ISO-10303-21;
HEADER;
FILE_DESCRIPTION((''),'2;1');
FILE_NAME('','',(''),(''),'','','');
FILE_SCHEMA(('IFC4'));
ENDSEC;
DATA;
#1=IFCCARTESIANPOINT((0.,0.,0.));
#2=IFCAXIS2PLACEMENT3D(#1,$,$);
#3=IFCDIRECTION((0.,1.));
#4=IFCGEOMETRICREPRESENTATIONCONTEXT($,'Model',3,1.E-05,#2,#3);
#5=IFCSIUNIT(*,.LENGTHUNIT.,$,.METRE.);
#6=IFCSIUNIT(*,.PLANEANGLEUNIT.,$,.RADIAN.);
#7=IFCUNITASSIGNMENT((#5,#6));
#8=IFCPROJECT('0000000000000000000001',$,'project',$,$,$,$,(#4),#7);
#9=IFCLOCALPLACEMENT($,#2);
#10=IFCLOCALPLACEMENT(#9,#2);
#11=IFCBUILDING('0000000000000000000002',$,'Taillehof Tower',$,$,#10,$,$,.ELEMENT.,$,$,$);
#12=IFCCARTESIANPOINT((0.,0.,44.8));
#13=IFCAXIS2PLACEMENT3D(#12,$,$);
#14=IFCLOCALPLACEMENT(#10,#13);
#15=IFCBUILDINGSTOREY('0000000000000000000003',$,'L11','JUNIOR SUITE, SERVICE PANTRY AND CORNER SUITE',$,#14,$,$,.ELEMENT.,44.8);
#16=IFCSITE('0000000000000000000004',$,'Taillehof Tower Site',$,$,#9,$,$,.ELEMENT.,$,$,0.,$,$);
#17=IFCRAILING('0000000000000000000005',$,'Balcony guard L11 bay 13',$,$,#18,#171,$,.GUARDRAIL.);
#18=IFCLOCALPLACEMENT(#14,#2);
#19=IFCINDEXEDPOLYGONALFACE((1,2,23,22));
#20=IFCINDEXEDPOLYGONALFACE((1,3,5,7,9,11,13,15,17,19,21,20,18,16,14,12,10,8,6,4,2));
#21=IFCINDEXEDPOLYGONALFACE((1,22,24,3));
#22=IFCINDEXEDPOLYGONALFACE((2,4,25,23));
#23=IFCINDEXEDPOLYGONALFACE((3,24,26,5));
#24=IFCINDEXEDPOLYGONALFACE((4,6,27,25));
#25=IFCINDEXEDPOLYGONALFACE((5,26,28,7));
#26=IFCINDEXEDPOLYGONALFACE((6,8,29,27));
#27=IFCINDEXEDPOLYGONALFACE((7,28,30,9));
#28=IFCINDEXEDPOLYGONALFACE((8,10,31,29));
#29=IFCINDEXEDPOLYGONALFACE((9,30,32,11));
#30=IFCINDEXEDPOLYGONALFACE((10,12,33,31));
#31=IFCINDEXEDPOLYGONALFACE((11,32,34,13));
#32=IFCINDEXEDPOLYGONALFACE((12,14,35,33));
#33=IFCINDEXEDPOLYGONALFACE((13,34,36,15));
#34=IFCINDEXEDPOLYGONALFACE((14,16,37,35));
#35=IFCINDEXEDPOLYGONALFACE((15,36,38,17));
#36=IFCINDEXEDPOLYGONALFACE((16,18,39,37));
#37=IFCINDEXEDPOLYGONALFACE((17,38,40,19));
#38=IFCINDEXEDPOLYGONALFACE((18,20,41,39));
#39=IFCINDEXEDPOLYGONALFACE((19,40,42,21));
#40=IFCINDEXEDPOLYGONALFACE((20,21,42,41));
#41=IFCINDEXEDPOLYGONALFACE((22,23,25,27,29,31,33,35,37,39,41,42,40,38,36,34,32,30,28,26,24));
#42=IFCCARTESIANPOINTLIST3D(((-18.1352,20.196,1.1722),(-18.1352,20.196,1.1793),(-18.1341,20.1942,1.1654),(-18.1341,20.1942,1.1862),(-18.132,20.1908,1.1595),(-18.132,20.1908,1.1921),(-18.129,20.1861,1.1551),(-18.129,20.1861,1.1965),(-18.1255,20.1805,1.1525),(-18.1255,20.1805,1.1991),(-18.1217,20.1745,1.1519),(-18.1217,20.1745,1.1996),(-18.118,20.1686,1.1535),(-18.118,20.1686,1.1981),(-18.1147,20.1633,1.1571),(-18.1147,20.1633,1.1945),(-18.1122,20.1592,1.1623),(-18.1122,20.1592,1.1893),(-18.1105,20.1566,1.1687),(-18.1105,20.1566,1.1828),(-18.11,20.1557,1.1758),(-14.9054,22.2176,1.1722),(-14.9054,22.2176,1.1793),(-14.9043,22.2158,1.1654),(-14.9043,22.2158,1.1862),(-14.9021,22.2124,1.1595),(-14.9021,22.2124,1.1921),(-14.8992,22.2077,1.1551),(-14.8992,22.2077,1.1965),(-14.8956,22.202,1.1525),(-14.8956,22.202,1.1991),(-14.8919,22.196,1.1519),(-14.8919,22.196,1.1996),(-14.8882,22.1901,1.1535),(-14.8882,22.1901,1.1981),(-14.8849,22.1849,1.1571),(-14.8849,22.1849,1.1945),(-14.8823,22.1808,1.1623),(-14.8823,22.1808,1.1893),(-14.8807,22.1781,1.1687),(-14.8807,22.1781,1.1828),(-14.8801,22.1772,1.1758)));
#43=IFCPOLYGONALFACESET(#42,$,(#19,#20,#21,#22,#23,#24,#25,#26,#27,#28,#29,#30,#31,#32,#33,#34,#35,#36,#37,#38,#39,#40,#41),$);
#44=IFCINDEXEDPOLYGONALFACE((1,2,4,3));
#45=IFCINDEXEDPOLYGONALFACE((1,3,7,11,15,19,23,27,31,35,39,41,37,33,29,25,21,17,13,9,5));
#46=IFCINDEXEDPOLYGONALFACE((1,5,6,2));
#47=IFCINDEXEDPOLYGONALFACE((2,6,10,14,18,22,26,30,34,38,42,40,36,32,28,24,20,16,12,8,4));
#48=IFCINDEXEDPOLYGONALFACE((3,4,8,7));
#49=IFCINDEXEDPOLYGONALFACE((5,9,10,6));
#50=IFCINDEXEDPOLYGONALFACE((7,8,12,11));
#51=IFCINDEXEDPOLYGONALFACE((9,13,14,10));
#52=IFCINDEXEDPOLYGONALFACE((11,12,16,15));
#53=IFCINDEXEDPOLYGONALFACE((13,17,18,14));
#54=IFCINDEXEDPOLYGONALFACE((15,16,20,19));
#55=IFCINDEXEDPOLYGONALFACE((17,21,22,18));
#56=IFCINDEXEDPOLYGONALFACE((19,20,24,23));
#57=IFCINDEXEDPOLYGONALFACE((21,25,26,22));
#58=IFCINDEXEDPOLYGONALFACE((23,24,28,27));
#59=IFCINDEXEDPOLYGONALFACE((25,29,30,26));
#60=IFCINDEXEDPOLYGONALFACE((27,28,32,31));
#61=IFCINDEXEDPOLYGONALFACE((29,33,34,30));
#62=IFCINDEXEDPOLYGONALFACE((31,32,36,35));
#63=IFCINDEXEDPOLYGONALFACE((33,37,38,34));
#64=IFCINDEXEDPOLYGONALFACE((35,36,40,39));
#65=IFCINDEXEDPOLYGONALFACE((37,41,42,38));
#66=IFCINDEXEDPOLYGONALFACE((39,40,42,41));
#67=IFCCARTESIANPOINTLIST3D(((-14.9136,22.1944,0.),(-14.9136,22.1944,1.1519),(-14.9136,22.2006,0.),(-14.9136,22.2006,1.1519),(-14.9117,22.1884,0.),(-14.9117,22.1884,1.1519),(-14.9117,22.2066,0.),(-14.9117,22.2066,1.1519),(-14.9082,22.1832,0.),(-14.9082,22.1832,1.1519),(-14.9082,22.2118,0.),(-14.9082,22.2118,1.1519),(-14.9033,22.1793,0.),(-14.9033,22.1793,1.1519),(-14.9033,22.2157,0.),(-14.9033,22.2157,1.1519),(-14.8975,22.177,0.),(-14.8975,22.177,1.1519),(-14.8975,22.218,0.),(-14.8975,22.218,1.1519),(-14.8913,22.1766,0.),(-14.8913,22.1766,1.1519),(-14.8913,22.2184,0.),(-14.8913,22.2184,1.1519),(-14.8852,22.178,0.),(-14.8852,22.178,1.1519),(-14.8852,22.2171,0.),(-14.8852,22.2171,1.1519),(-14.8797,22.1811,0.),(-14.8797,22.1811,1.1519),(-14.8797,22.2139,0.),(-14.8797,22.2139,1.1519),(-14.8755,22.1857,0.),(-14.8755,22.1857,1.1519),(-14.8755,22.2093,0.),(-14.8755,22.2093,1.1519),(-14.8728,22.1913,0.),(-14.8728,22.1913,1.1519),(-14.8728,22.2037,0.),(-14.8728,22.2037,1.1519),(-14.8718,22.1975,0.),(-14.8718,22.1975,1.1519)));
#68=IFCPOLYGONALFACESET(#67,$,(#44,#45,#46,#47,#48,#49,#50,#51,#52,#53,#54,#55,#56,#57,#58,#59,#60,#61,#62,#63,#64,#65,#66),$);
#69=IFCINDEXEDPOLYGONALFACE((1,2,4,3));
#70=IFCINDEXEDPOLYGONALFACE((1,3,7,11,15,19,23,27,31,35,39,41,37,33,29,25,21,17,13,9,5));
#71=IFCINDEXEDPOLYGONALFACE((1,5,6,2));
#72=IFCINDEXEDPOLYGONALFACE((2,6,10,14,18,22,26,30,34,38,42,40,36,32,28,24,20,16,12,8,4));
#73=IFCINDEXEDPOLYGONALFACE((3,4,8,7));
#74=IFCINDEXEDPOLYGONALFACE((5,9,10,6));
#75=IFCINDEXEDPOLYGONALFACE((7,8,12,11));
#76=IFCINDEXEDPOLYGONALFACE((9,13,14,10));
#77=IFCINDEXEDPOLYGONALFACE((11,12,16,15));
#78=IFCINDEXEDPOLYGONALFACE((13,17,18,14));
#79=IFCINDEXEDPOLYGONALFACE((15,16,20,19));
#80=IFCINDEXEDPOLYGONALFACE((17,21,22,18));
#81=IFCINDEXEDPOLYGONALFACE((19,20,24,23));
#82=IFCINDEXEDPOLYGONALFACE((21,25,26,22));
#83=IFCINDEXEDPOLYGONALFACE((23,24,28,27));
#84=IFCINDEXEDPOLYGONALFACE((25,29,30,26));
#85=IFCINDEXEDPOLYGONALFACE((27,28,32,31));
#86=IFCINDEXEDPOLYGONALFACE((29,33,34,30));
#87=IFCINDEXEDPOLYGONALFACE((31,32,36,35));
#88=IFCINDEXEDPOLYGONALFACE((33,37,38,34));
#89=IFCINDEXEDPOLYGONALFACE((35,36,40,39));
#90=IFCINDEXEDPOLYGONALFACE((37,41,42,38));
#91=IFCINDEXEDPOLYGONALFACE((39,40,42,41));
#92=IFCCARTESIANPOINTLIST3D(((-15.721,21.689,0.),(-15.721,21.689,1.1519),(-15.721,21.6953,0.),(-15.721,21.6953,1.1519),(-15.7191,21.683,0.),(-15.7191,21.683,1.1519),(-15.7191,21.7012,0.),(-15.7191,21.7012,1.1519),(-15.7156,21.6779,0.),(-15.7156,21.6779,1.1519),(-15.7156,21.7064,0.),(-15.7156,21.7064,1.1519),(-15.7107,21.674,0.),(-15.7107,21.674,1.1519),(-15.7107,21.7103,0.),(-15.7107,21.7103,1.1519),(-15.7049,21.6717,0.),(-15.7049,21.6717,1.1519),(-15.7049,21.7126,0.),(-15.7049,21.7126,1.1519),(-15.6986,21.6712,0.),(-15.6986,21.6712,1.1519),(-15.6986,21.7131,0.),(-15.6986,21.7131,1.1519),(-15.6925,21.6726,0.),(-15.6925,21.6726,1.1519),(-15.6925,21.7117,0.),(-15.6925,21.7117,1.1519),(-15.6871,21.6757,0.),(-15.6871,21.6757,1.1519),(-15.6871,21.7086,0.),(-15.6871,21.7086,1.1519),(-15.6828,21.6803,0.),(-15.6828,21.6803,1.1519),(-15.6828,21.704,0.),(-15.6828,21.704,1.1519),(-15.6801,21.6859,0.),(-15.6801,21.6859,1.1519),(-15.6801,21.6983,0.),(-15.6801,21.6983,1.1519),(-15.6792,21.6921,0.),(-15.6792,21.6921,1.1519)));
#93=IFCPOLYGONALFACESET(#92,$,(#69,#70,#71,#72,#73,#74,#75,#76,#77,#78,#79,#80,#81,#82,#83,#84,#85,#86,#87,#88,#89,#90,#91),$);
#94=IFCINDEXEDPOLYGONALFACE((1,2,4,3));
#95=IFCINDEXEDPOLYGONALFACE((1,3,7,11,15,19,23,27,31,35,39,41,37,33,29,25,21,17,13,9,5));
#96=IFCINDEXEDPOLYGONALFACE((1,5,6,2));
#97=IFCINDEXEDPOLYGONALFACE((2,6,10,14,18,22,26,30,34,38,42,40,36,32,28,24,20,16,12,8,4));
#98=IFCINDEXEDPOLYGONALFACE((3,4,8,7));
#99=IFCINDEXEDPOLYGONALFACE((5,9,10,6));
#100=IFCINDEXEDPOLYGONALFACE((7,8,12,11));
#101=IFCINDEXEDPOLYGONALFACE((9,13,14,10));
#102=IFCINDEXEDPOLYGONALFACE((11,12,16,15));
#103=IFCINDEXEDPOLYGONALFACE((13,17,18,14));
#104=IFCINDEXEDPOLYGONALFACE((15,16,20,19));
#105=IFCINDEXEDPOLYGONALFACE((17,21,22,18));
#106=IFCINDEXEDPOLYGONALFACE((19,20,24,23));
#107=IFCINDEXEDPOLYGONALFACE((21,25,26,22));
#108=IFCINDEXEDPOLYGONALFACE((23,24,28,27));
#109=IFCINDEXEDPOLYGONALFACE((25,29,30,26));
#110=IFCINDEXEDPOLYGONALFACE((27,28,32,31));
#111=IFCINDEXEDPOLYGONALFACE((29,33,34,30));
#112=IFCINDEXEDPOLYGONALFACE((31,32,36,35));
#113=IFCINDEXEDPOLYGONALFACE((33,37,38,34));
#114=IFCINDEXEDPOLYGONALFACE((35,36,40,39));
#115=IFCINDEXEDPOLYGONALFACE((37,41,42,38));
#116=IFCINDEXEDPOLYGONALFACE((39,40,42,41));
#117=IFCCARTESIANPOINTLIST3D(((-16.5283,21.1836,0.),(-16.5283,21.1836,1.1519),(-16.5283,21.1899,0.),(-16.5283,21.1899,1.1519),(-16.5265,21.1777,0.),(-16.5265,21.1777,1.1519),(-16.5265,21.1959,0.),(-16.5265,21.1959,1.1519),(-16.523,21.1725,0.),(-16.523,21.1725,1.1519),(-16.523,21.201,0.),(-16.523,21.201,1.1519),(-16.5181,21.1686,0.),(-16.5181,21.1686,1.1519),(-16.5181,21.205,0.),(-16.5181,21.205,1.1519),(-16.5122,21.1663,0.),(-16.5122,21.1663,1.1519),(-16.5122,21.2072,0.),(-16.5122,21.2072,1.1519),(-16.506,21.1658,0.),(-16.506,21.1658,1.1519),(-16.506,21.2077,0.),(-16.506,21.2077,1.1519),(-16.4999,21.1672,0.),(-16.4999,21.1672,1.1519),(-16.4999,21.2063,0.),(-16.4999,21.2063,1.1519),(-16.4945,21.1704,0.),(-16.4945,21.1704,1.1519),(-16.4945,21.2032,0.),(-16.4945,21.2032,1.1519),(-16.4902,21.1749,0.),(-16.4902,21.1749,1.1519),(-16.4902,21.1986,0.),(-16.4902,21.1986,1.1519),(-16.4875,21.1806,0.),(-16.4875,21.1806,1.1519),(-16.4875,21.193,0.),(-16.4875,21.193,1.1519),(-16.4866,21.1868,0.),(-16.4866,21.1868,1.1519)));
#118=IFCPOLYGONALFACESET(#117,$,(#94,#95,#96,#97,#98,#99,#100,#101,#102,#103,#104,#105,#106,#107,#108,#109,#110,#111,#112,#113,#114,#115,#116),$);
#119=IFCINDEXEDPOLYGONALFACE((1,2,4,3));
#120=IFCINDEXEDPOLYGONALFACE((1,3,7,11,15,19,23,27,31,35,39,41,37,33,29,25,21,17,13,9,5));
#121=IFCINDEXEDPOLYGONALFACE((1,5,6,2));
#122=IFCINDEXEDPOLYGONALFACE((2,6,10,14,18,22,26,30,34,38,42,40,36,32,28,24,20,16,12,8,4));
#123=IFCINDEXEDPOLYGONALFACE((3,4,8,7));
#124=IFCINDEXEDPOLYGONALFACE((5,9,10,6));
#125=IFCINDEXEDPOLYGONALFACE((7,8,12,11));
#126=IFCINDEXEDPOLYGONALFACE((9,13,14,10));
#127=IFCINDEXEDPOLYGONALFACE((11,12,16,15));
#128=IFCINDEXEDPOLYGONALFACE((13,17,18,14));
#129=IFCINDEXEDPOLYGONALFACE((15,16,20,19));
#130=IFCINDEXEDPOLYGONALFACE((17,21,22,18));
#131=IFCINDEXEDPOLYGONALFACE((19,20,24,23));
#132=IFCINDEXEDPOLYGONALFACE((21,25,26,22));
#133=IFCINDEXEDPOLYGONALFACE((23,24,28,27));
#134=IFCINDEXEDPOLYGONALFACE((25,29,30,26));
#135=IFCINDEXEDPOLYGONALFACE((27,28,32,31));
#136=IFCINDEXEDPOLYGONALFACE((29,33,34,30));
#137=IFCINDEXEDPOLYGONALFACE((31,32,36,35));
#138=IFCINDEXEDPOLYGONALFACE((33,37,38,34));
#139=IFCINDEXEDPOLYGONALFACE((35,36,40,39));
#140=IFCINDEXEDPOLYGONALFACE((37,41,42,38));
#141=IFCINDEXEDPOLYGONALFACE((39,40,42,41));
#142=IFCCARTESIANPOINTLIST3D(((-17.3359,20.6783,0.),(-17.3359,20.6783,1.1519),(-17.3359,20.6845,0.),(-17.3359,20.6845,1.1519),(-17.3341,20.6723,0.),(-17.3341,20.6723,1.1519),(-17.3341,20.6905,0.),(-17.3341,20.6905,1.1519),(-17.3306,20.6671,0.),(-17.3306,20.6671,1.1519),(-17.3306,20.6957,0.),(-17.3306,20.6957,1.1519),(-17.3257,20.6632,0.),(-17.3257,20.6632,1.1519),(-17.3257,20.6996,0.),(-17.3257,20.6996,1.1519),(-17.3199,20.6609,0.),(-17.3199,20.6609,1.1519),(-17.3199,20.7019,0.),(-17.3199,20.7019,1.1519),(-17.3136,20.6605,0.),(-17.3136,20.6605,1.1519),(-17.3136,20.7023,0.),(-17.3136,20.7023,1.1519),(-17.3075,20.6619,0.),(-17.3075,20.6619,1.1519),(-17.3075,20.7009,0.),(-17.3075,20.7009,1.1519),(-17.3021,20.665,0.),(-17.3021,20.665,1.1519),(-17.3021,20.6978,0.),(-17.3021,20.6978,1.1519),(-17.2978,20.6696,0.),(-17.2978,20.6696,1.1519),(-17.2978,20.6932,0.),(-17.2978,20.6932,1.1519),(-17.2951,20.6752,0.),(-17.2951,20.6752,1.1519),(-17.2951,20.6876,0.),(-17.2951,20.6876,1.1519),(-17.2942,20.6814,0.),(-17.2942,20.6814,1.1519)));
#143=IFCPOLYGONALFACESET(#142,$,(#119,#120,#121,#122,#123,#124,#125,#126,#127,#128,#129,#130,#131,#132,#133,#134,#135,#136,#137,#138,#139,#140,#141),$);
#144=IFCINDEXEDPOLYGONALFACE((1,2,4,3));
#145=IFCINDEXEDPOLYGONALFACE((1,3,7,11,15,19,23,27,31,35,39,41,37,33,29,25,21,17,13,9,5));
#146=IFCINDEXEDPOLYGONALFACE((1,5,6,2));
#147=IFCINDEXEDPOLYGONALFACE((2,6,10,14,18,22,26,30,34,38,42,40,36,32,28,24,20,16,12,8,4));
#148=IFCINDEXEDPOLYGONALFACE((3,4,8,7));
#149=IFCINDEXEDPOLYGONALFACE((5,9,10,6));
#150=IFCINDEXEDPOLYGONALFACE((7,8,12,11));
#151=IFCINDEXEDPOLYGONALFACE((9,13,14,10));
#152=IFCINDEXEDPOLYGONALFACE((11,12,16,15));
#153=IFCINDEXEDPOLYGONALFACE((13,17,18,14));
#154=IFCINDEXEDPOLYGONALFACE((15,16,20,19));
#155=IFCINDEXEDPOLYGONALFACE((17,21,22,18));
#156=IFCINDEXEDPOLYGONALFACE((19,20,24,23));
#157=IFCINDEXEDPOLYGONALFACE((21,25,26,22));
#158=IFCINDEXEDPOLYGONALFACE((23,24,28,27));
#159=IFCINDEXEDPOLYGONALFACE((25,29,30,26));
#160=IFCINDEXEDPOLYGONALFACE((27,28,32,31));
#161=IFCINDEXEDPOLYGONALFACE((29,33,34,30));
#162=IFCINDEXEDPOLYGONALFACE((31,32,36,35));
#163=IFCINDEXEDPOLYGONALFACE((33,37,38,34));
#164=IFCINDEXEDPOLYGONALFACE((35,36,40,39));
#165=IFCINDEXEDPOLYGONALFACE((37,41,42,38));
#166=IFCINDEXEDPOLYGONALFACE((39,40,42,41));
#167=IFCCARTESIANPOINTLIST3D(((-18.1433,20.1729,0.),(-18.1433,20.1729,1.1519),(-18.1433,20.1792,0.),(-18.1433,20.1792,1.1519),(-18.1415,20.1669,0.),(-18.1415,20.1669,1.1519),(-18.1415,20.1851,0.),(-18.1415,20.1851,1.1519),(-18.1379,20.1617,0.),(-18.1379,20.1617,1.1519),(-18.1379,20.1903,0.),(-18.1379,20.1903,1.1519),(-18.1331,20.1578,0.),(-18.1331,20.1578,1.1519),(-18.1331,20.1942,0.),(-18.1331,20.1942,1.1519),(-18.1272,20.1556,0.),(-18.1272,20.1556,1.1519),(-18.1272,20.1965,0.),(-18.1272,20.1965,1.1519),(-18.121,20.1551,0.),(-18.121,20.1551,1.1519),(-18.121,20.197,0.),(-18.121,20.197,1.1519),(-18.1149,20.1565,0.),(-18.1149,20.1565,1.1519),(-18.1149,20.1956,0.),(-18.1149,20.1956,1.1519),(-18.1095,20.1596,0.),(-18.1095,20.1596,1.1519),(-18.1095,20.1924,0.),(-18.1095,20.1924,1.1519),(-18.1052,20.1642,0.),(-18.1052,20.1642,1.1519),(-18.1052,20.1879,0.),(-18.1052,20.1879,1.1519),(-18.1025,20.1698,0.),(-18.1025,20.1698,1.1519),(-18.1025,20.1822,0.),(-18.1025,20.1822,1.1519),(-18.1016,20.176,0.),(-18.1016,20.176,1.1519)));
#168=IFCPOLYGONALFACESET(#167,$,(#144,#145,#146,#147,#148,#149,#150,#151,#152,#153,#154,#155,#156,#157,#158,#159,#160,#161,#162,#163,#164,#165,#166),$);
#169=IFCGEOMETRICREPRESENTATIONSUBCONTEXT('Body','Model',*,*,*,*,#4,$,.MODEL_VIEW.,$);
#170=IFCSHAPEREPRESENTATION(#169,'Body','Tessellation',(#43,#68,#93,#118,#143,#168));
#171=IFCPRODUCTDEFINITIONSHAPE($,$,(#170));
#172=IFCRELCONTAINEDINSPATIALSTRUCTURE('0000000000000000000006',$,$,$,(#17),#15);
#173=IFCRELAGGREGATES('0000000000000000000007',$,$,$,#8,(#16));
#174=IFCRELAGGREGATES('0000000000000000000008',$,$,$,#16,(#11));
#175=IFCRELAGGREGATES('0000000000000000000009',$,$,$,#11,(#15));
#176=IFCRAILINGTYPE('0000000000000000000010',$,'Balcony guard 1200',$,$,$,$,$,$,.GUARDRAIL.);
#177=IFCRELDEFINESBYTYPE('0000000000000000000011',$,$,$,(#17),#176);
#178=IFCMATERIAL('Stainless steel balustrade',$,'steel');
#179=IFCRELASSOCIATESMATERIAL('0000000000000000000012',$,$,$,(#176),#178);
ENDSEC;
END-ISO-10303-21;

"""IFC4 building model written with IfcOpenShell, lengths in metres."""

from ifc_helpers import new_model, si_unit, direction, frame, origin, origin_2d, place, context, subcontext, project, spatial, circle, extrude, material, type_object, element, save


model = new_model("IFC4")

# Units and contexts
model_context = context("Model", 3, precision=1e-05, world=origin(), true_north=direction((0.0, 1.0)))
body_context = subcontext(model_context, "Body", "Model", "MODEL_VIEW")
ifc_project = project(units=[si_unit("LENGTHUNIT", "METRE"), si_unit("PLANEANGLEUNIT", "RADIAN")], contexts=[model_context])

# Site, building, storey
site_placement = place(None, origin())
site = spatial("IfcSite", under=ifc_project, at=site_placement, Name="Taillehof Tower Site", CompositionType="ELEMENT", RefElevation=0.0)
building_placement = place(site_placement, origin())
building = spatial("IfcBuilding", under=site, at=building_placement, Name="Taillehof Tower", CompositionType="ELEMENT")
storey_placement = place(building_placement, frame((0.0, 0.0, 44.8)))
storey = spatial("IfcBuildingStorey", under=building, at=storey_placement, Name="L11", Description="JUNIOR SUITE, SERVICE PANTRY AND CORNER SUITE", CompositionType="ELEMENT", Elevation=44.8)

# Railing
ifc_material_1 = material(Name="Stainless steel balustrade", Category="steel")
railing_type = type_object("IfcRailingType", Name="Balcony guard 1200", PredefinedType="GUARDRAIL", material=ifc_material_1)
railing_1_placement = place(storey_placement, frame((-14.8928, 22.1975, 0.0)))
element("IfcRailing", 1, at=railing_1_placement, inside=storey, type_object=railing_type, Name="Balcony guard L11 bay 13", PredefinedType="GUARDRAIL", context=body_context, shape_type="SweptSolid", body=[
    extrude(circle(Radius=0.0239, at=origin_2d()), frame((0.0, 0.0, 1.1758), z_axis=(-0.847656, -0.530546, 0.0), x_axis=(0.530546, -0.847656, 0.0)), (0.0, 0.0, 1.0), 3.8103),
    extrude(circle(Radius=0.021, at=origin_2d()), origin(), (0.0, 0.0, 1.0), 1.1519),
    extrude(circle(Radius=0.021, at=origin_2d()), frame((-0.8074, -0.5054, 0.0)), (0.0, 0.0, 1.0), 1.1519),
    extrude(circle(Radius=0.021, at=origin_2d()), frame((-1.6147, -1.0107, 0.0)), (0.0, 0.0, 1.0), 1.1519),
    extrude(circle(Radius=0.021, at=origin_2d()), frame((-2.4224, -1.5161, 0.0)), (0.0, 0.0, 1.0), 1.1519),
    extrude(circle(Radius=0.021, at=origin_2d()), frame((-3.2297, -2.0215, 0.0)), (0.0, 0.0, 1.0), 1.1519),
])

save(model, "model.ifc")
